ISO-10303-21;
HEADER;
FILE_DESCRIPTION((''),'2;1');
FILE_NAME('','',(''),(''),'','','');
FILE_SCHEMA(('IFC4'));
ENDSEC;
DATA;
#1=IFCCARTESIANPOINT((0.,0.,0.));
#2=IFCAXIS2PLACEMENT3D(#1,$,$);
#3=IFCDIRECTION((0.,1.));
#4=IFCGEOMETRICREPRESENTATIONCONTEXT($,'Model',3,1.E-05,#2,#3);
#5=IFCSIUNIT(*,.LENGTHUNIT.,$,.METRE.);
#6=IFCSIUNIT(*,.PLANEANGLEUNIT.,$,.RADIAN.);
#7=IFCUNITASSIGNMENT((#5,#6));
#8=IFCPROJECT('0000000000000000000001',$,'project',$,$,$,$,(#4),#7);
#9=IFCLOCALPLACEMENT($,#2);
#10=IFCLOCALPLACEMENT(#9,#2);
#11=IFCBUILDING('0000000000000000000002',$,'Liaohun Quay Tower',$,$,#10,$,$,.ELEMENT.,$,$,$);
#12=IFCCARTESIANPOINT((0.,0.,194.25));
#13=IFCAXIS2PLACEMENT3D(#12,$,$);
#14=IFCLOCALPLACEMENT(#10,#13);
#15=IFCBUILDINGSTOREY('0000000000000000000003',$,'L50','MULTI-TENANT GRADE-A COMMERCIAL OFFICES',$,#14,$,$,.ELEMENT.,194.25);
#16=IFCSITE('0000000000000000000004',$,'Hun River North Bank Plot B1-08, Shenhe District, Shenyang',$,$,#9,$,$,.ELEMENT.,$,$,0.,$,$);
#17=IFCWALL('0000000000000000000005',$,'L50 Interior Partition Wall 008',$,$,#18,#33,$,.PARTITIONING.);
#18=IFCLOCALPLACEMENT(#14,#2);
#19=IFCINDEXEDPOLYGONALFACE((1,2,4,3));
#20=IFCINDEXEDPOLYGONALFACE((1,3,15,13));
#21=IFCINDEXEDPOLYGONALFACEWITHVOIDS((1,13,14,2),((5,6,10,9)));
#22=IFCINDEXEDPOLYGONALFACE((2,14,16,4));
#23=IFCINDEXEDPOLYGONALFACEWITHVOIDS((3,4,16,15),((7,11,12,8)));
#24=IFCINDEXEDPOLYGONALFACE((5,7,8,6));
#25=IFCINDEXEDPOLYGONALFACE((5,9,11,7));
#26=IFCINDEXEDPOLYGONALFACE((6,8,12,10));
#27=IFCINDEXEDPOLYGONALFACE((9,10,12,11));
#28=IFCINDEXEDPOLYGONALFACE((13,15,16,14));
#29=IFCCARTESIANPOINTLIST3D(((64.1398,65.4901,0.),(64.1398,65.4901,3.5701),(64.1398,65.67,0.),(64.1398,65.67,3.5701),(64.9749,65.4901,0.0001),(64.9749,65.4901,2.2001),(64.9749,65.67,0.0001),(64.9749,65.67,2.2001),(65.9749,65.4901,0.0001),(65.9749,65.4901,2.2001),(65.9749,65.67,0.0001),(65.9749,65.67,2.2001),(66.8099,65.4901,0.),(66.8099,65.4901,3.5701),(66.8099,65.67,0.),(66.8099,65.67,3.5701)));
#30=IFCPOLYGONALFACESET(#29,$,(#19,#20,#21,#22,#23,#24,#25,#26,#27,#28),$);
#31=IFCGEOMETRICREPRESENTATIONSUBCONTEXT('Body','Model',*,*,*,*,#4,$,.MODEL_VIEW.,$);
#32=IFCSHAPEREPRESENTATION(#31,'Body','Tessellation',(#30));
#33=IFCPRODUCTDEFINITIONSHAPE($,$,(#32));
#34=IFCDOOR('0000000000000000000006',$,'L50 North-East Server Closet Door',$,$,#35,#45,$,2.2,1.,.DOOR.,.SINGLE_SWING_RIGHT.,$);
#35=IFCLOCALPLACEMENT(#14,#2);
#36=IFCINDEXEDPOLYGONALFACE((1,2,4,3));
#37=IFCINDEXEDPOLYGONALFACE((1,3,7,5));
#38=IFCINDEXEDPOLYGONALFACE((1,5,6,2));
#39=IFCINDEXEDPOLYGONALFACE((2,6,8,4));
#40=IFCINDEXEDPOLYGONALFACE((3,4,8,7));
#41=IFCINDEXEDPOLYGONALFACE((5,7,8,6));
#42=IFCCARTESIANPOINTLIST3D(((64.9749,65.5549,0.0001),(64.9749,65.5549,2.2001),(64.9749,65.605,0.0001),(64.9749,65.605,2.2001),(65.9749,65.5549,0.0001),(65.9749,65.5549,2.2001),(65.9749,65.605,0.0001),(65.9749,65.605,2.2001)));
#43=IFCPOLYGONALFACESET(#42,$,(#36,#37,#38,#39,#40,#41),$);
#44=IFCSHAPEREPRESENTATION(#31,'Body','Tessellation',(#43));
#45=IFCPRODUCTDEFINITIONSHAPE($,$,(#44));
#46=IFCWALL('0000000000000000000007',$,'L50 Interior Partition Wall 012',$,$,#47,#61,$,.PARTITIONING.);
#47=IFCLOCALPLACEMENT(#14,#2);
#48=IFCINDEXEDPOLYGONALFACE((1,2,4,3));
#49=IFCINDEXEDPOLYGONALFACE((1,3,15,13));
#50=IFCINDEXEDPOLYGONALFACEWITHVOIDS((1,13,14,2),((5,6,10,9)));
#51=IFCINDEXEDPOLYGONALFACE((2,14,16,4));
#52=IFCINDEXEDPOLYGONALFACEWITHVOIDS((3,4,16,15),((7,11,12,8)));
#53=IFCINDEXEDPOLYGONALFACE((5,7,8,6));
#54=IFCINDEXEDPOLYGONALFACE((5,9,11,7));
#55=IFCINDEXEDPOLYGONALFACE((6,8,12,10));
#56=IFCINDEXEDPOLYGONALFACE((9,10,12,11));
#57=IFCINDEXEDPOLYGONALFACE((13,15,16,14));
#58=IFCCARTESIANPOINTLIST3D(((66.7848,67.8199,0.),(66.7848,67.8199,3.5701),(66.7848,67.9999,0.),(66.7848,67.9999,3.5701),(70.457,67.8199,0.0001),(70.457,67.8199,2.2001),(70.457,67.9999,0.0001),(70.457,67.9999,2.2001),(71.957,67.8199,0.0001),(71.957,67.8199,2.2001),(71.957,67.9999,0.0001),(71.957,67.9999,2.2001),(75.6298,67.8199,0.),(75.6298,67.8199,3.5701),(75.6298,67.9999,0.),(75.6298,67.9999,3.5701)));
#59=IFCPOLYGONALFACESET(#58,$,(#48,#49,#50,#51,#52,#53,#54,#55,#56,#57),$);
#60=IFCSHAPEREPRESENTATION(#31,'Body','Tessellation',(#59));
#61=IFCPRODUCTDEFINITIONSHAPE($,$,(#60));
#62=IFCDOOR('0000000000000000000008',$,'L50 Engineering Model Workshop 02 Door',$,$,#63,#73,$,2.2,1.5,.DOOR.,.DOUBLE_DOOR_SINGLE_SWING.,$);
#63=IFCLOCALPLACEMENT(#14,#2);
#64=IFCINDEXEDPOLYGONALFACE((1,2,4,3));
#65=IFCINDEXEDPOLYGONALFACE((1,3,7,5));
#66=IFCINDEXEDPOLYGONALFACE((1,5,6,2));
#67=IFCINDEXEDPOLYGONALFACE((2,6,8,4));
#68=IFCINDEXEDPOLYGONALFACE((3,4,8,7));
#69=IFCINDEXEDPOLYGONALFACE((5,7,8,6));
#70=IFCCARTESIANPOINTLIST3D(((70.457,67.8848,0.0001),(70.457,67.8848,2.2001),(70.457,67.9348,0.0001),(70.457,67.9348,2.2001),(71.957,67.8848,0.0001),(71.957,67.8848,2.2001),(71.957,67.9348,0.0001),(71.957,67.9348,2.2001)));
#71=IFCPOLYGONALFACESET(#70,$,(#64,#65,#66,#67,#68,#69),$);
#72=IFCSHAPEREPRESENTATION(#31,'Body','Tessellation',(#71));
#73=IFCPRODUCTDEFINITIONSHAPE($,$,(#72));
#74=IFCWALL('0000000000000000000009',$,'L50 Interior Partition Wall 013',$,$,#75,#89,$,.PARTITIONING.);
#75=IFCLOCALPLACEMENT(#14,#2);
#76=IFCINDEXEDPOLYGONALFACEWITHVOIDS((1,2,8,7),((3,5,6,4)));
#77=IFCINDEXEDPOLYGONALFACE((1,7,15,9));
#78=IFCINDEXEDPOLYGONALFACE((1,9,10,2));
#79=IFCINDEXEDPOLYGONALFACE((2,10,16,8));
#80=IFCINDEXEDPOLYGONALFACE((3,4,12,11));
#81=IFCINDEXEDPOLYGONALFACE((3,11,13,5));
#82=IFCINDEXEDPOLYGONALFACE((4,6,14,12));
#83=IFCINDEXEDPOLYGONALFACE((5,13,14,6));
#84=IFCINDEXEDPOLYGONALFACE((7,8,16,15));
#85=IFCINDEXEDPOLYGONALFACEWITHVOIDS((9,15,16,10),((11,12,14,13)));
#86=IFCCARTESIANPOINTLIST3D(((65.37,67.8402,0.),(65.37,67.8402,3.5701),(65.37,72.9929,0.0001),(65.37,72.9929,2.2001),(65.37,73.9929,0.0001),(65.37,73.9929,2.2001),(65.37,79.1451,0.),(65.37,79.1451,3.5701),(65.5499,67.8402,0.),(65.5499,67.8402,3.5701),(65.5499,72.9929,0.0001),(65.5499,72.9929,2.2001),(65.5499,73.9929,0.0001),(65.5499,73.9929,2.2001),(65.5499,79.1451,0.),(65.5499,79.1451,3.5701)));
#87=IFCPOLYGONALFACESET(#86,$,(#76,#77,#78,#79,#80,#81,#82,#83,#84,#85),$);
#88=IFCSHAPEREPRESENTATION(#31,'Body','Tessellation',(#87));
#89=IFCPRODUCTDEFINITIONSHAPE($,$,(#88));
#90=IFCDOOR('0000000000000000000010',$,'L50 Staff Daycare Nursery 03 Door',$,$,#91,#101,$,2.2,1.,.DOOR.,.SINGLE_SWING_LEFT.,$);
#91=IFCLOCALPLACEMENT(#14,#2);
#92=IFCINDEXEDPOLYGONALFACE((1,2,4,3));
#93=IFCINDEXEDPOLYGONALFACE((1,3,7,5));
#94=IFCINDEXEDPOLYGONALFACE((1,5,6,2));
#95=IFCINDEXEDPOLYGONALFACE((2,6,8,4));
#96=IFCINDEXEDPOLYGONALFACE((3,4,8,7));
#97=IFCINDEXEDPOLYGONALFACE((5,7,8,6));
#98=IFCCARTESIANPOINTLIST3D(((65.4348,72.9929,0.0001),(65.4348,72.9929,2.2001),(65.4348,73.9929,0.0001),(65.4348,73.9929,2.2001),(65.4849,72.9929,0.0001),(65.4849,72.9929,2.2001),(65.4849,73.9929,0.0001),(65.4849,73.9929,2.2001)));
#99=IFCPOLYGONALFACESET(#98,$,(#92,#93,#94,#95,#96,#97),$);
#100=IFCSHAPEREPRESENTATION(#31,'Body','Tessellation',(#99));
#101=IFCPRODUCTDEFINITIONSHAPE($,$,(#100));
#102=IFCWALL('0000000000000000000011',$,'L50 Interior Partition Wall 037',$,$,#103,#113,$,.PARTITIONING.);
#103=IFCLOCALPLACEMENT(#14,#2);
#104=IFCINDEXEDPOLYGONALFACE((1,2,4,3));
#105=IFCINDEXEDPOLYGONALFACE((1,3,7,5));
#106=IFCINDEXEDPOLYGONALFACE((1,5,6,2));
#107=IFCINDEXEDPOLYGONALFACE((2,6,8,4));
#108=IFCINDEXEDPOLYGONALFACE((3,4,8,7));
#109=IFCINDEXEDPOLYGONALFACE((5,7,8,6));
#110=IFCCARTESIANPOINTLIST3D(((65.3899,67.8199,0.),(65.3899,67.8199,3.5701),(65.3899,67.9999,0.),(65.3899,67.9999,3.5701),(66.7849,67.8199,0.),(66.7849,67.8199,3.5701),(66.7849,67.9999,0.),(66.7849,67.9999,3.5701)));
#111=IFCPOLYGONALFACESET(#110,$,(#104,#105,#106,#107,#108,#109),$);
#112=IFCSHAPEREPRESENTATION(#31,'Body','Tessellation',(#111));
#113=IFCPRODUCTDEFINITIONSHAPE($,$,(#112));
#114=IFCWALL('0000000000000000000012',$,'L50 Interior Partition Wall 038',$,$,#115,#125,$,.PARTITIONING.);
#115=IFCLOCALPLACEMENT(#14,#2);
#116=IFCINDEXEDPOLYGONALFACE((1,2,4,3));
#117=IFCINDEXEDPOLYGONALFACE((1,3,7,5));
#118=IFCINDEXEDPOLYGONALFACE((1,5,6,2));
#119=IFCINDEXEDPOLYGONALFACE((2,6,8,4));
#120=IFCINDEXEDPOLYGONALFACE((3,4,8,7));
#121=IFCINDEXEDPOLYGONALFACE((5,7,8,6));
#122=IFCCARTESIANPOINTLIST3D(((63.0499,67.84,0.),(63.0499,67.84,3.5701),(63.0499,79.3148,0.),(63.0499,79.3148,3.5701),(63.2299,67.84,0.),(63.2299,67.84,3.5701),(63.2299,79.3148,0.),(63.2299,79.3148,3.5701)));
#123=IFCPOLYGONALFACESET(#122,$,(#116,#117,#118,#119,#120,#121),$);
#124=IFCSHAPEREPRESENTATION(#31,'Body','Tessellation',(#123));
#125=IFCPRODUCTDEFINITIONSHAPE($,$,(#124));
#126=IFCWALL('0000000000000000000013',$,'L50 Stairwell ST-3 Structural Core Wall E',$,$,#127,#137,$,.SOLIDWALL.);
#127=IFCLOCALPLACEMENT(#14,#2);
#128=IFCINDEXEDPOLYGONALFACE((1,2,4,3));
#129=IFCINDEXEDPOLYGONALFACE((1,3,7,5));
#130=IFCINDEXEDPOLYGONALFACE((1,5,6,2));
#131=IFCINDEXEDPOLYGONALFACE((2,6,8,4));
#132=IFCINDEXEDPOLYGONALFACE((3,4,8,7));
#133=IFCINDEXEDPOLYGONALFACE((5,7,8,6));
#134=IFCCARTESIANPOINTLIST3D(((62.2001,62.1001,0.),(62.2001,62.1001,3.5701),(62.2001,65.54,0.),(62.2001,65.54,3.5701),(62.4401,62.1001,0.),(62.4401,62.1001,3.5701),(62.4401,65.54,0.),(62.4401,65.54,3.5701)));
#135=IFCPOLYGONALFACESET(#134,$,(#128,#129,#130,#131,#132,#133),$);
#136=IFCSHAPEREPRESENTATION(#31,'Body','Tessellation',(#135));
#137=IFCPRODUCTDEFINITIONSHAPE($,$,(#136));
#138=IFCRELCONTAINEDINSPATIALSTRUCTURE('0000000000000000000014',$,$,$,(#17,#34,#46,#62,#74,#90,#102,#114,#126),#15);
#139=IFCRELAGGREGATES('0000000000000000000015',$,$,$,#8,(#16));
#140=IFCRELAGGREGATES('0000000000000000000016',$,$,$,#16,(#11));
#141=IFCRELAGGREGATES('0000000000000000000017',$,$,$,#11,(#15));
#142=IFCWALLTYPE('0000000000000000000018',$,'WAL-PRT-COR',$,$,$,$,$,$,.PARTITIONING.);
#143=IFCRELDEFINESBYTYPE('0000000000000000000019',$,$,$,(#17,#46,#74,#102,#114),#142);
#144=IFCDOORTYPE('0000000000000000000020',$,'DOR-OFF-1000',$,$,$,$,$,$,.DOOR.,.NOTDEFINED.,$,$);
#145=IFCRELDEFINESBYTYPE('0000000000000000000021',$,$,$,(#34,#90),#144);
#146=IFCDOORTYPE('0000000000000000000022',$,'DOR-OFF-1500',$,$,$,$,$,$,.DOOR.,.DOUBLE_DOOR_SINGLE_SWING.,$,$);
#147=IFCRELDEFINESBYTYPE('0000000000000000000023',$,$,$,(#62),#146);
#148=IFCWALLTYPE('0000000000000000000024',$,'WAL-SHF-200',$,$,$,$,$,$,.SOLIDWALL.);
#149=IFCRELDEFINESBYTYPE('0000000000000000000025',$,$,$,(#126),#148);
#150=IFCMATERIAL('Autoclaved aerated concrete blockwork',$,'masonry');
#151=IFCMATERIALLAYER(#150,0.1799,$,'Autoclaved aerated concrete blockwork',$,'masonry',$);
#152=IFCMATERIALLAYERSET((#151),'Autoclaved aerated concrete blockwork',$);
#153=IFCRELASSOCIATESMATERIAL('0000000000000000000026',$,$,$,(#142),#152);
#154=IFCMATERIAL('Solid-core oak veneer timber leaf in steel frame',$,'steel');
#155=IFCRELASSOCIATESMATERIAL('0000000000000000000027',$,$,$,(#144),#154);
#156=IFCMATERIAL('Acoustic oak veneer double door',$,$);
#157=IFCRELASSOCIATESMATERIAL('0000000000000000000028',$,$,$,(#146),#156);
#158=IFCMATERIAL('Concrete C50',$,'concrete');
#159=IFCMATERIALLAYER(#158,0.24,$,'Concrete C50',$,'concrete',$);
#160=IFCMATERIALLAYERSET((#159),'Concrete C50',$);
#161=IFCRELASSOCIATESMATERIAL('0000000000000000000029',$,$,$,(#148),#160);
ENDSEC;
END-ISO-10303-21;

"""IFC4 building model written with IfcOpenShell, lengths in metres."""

from ifc_helpers import new_model, si_unit, direction, frame, frame_2d, origin, place, context, subcontext, project, spatial, rectangle, extrude, source, transform, mapped, material, layer, layer_set, type_object, element, fill, save


model = new_model("IFC4")

# Units and contexts
model_context = context("Model", 3, precision=1e-05, world=origin(), true_north=direction((0.0, 1.0)))
body_context = subcontext(model_context, "Body", "Model", "MODEL_VIEW")
ifc_project = project(units=[si_unit("LENGTHUNIT", "METRE"), si_unit("PLANEANGLEUNIT", "RADIAN")], contexts=[model_context])

# Site, building, storey
site_placement = place(None, origin())
site = spatial("IfcSite", under=ifc_project, at=site_placement, Name="Hun River North Bank Plot B1-08, Shenhe District, Shenyang", CompositionType="ELEMENT", RefElevation=0.0)
building_placement = place(site_placement, origin())
building = spatial("IfcBuilding", under=site, at=building_placement, Name="Liaohun Quay Tower", CompositionType="ELEMENT")
storey_placement = place(building_placement, frame((0.0, 0.0, 194.25)))
storey = spatial("IfcBuildingStorey", under=building, at=storey_placement, Name="L50", Description="MULTI-TENANT GRADE-A COMMERCIAL OFFICES", CompositionType="ELEMENT", Elevation=194.25)

# Walls, openings, doors
ifc_material_1 = material(Name="Autoclaved aerated concrete blockwork", Category="masonry")
ifc_layer_1 = layer(ifc_material_1, 0.1799, Name="Autoclaved aerated concrete blockwork", Category="masonry")
ifc_layer_set_1 = layer_set([ifc_layer_1], Name="Autoclaved aerated concrete blockwork")
wall_type_1 = type_object("IfcWallType", Name="WAL-PRT-COR", PredefinedType="PARTITIONING", material=ifc_layer_set_1)
wall_1_placement = place(storey_placement, frame((64.1399, 65.5801, 0.0), z_axis=(0.0, 0.0, 1.0), x_axis=(1.0, 0.0, 0.0)))
wall_1 = element("IfcWall", 1, at=wall_1_placement, inside=storey, type_object=wall_type_1, Name="L50 Interior Partition Wall 008", PredefinedType="PARTITIONING", context=body_context, shape_type="SweptSolid", body=[
    extrude(rectangle(XDim=2.6702, YDim=0.1799, at=frame_2d((1.335, 0.0))), origin(), (0.0, 0.0, 1.0), 3.5701),
])
shared_shape_1 = source(origin(), body_context, "Body", "SweptSolid", [
    extrude(rectangle(XDim=1.0, YDim=2.2, at=frame_2d((0.5, 1.1001))), frame((0.0, 0.0999, 0.0), z_axis=(0.0, -1.0, 0.0), x_axis=(1.0, 0.0, 0.0)), (0.0, 0.0, 1.0), 0.2),
])
opening_1_placement = place(wall_1_placement, frame((0.835, 0.0, 0.0)))
opening_1 = element("IfcOpeningElement", 2, at=opening_1_placement, cuts=wall_1, PredefinedType="OPENING", context=body_context, shape_type="MappedRepresentation", body=[
    mapped(shared_shape_1, transform((0.0, 0.0, 0.0), x_axis=(1.0, 0.0, 0.0), y_axis=(0.0, 1.0, 0.0), z_axis=(0.0, 0.0, 1.0), scale=1.0)),
])
ifc_material_2 = material(Name="Solid-core oak veneer timber leaf in steel frame", Category="steel")
door_type_1 = type_object("IfcDoorType", Name="DOR-OFF-1000", OperationType="NOTDEFINED", PredefinedType="DOOR", material=ifc_material_2)
shared_shape_2 = source(origin(), body_context, "Body", "SweptSolid", [
    extrude(rectangle(XDim=1.0, YDim=2.2, at=frame_2d((0.5, 1.1001))), frame((0.0, 0.0249, 0.0), z_axis=(0.0, -1.0, 0.0), x_axis=(1.0, 0.0, 0.0)), (0.0, 0.0, 1.0), 0.05),
])
door_1_placement = place(opening_1_placement, origin())
door_1 = element("IfcDoor", 3, at=door_1_placement, inside=storey, type_object=door_type_1, Name="L50 North-East Server Closet Door", OperationType="SINGLE_SWING_RIGHT", OverallHeight=2.2, OverallWidth=1.0, PredefinedType="DOOR", context=body_context, shape_type="MappedRepresentation", body=[
    mapped(shared_shape_2, transform((0.0, 0.0, 0.0), x_axis=(1.0, 0.0, 0.0), y_axis=(0.0, 1.0, 0.0), z_axis=(0.0, 0.0, 1.0), scale=1.0)),
])
fill(opening_1, door_1)
wall_2_placement = place(storey_placement, frame((66.7849, 67.9099, 0.0), z_axis=(0.0, 0.0, 1.0), x_axis=(1.0, 0.0, 0.0)))
wall_2 = element("IfcWall", 4, at=wall_2_placement, inside=storey, type_object=wall_type_1, Name="L50 Interior Partition Wall 012", PredefinedType="PARTITIONING", context=body_context, shape_type="SweptSolid", body=[
    extrude(rectangle(XDim=8.845, YDim=0.1799, at=frame_2d((4.4224, 0.0))), origin(), (0.0, 0.0, 1.0), 3.5701),
])
shared_shape_3 = source(origin(), body_context, "Body", "SweptSolid", [
    extrude(rectangle(XDim=1.5, YDim=2.2, at=frame_2d((0.75, 1.1001))), frame((0.0, 0.0999, 0.0), z_axis=(0.0, -1.0, 0.0), x_axis=(1.0, 0.0, 0.0)), (0.0, 0.0, 1.0), 0.2),
])
opening_2_placement = place(wall_2_placement, frame((3.6721, 0.0, 0.0)))
opening_2 = element("IfcOpeningElement", 5, at=opening_2_placement, cuts=wall_2, PredefinedType="OPENING", context=body_context, shape_type="MappedRepresentation", body=[
    mapped(shared_shape_3, transform((0.0, 0.0, 0.0), x_axis=(1.0, 0.0, 0.0), y_axis=(0.0, 1.0, 0.0), z_axis=(0.0, 0.0, 1.0), scale=1.0)),
])
ifc_material_3 = material(Name="Acoustic oak veneer double door")
door_type_2 = type_object("IfcDoorType", Name="DOR-OFF-1500", OperationType="DOUBLE_DOOR_SINGLE_SWING", PredefinedType="DOOR", material=ifc_material_3)
shared_shape_4 = source(origin(), body_context, "Body", "SweptSolid", [
    extrude(rectangle(XDim=1.5, YDim=2.2, at=frame_2d((0.75, 1.1001))), frame((0.0, 0.0249, 0.0), z_axis=(0.0, -1.0, 0.0), x_axis=(1.0, 0.0, 0.0)), (0.0, 0.0, 1.0), 0.05),
])
door_2_placement = place(opening_2_placement, origin())
door_2 = element("IfcDoor", 6, at=door_2_placement, inside=storey, type_object=door_type_2, Name="L50 Engineering Model Workshop 02 Door", OperationType="DOUBLE_DOOR_SINGLE_SWING", OverallHeight=2.2, OverallWidth=1.5, PredefinedType="DOOR", context=body_context, shape_type="MappedRepresentation", body=[
    mapped(shared_shape_4, transform((0.0, 0.0, 0.0), x_axis=(1.0, 0.0, 0.0), y_axis=(0.0, 1.0, 0.0), z_axis=(0.0, 0.0, 1.0), scale=1.0)),
])
fill(opening_2, door_2)
wall_3_placement = place(storey_placement, frame((65.46, 79.145, 0.0), z_axis=(0.0, 0.0, 1.0), x_axis=(0.0, -1.0, 0.0)))
wall_3 = element("IfcWall", 7, at=wall_3_placement, inside=storey, type_object=wall_type_1, Name="L50 Interior Partition Wall 013", PredefinedType="PARTITIONING", context=body_context, shape_type="SweptSolid", body=[
    extrude(rectangle(XDim=11.3049, YDim=0.1799, at=frame_2d((5.6523, 0.0))), origin(), (0.0, 0.0, 1.0), 3.5701),
])
opening_3_placement = place(wall_3_placement, frame((5.1521, 0.0, 0.0)))
opening_3 = element("IfcOpeningElement", 8, at=opening_3_placement, cuts=wall_3, PredefinedType="OPENING", context=body_context, shape_type="MappedRepresentation", body=[
    mapped(shared_shape_1, transform((0.0, 0.0, 0.0), x_axis=(1.0, 0.0, 0.0), y_axis=(0.0, 1.0, 0.0), z_axis=(0.0, 0.0, 1.0), scale=1.0)),
])
door_3_placement = place(opening_3_placement, origin())
door_3 = element("IfcDoor", 9, at=door_3_placement, inside=storey, type_object=door_type_1, Name="L50 Staff Daycare Nursery 03 Door", OperationType="SINGLE_SWING_LEFT", OverallHeight=2.2, OverallWidth=1.0, PredefinedType="DOOR", context=body_context, shape_type="MappedRepresentation", body=[
    mapped(shared_shape_2, transform((0.0, 0.0, 0.0), x_axis=(1.0, 0.0, 0.0), y_axis=(0.0, 1.0, 0.0), z_axis=(0.0, 0.0, 1.0), scale=1.0)),
])
fill(opening_3, door_3)

# Walls
wall_4_placement = place(storey_placement, frame((65.3899, 67.9099, 0.0), z_axis=(0.0, 0.0, 1.0), x_axis=(1.0, 0.0, 0.0)))
element("IfcWall", 10, at=wall_4_placement, inside=storey, type_object=wall_type_1, Name="L50 Interior Partition Wall 037", PredefinedType="PARTITIONING", context=body_context, shape_type="SweptSolid", body=[
    extrude(rectangle(XDim=1.395, YDim=0.1799, at=frame_2d((0.6975, 0.0))), origin(), (0.0, 0.0, 1.0), 3.5701),
])
wall_5_placement = place(storey_placement, frame((63.1399, 67.8401, 0.0), z_axis=(0.0, 0.0, 1.0), x_axis=(0.0, 1.0, 0.0)))
element("IfcWall", 11, at=wall_5_placement, inside=storey, type_object=wall_type_1, Name="L50 Interior Partition Wall 038", PredefinedType="PARTITIONING", context=body_context, shape_type="SweptSolid", body=[
    extrude(rectangle(XDim=11.4749, YDim=0.1799, at=frame_2d((5.7373, 0.0))), origin(), (0.0, 0.0, 1.0), 3.5701),
])
ifc_material_4 = material(Name="Concrete C50", Category="concrete")
ifc_layer_2 = layer(ifc_material_4, 0.24, Name="Concrete C50", Category="concrete")
ifc_layer_set_2 = layer_set([ifc_layer_2], Name="Concrete C50")
wall_type_2 = type_object("IfcWallType", Name="WAL-SHF-200", PredefinedType="SOLIDWALL", material=ifc_layer_set_2)
wall_6_placement = place(storey_placement, frame((62.3201, 62.1001, 0.0), z_axis=(0.0, 0.0, 1.0), x_axis=(0.0, 1.0, 0.0)))
element("IfcWall", 12, at=wall_6_placement, inside=storey, type_object=wall_type_2, Name="L50 Stairwell ST-3 Structural Core Wall E", PredefinedType="SOLIDWALL", context=body_context, shape_type="SweptSolid", body=[
    extrude(rectangle(XDim=3.4399, YDim=0.24, at=frame_2d((1.72, 0.0))), origin(), (0.0, 0.0, 1.0), 3.5701),
])

save(model, "model.ifc")
